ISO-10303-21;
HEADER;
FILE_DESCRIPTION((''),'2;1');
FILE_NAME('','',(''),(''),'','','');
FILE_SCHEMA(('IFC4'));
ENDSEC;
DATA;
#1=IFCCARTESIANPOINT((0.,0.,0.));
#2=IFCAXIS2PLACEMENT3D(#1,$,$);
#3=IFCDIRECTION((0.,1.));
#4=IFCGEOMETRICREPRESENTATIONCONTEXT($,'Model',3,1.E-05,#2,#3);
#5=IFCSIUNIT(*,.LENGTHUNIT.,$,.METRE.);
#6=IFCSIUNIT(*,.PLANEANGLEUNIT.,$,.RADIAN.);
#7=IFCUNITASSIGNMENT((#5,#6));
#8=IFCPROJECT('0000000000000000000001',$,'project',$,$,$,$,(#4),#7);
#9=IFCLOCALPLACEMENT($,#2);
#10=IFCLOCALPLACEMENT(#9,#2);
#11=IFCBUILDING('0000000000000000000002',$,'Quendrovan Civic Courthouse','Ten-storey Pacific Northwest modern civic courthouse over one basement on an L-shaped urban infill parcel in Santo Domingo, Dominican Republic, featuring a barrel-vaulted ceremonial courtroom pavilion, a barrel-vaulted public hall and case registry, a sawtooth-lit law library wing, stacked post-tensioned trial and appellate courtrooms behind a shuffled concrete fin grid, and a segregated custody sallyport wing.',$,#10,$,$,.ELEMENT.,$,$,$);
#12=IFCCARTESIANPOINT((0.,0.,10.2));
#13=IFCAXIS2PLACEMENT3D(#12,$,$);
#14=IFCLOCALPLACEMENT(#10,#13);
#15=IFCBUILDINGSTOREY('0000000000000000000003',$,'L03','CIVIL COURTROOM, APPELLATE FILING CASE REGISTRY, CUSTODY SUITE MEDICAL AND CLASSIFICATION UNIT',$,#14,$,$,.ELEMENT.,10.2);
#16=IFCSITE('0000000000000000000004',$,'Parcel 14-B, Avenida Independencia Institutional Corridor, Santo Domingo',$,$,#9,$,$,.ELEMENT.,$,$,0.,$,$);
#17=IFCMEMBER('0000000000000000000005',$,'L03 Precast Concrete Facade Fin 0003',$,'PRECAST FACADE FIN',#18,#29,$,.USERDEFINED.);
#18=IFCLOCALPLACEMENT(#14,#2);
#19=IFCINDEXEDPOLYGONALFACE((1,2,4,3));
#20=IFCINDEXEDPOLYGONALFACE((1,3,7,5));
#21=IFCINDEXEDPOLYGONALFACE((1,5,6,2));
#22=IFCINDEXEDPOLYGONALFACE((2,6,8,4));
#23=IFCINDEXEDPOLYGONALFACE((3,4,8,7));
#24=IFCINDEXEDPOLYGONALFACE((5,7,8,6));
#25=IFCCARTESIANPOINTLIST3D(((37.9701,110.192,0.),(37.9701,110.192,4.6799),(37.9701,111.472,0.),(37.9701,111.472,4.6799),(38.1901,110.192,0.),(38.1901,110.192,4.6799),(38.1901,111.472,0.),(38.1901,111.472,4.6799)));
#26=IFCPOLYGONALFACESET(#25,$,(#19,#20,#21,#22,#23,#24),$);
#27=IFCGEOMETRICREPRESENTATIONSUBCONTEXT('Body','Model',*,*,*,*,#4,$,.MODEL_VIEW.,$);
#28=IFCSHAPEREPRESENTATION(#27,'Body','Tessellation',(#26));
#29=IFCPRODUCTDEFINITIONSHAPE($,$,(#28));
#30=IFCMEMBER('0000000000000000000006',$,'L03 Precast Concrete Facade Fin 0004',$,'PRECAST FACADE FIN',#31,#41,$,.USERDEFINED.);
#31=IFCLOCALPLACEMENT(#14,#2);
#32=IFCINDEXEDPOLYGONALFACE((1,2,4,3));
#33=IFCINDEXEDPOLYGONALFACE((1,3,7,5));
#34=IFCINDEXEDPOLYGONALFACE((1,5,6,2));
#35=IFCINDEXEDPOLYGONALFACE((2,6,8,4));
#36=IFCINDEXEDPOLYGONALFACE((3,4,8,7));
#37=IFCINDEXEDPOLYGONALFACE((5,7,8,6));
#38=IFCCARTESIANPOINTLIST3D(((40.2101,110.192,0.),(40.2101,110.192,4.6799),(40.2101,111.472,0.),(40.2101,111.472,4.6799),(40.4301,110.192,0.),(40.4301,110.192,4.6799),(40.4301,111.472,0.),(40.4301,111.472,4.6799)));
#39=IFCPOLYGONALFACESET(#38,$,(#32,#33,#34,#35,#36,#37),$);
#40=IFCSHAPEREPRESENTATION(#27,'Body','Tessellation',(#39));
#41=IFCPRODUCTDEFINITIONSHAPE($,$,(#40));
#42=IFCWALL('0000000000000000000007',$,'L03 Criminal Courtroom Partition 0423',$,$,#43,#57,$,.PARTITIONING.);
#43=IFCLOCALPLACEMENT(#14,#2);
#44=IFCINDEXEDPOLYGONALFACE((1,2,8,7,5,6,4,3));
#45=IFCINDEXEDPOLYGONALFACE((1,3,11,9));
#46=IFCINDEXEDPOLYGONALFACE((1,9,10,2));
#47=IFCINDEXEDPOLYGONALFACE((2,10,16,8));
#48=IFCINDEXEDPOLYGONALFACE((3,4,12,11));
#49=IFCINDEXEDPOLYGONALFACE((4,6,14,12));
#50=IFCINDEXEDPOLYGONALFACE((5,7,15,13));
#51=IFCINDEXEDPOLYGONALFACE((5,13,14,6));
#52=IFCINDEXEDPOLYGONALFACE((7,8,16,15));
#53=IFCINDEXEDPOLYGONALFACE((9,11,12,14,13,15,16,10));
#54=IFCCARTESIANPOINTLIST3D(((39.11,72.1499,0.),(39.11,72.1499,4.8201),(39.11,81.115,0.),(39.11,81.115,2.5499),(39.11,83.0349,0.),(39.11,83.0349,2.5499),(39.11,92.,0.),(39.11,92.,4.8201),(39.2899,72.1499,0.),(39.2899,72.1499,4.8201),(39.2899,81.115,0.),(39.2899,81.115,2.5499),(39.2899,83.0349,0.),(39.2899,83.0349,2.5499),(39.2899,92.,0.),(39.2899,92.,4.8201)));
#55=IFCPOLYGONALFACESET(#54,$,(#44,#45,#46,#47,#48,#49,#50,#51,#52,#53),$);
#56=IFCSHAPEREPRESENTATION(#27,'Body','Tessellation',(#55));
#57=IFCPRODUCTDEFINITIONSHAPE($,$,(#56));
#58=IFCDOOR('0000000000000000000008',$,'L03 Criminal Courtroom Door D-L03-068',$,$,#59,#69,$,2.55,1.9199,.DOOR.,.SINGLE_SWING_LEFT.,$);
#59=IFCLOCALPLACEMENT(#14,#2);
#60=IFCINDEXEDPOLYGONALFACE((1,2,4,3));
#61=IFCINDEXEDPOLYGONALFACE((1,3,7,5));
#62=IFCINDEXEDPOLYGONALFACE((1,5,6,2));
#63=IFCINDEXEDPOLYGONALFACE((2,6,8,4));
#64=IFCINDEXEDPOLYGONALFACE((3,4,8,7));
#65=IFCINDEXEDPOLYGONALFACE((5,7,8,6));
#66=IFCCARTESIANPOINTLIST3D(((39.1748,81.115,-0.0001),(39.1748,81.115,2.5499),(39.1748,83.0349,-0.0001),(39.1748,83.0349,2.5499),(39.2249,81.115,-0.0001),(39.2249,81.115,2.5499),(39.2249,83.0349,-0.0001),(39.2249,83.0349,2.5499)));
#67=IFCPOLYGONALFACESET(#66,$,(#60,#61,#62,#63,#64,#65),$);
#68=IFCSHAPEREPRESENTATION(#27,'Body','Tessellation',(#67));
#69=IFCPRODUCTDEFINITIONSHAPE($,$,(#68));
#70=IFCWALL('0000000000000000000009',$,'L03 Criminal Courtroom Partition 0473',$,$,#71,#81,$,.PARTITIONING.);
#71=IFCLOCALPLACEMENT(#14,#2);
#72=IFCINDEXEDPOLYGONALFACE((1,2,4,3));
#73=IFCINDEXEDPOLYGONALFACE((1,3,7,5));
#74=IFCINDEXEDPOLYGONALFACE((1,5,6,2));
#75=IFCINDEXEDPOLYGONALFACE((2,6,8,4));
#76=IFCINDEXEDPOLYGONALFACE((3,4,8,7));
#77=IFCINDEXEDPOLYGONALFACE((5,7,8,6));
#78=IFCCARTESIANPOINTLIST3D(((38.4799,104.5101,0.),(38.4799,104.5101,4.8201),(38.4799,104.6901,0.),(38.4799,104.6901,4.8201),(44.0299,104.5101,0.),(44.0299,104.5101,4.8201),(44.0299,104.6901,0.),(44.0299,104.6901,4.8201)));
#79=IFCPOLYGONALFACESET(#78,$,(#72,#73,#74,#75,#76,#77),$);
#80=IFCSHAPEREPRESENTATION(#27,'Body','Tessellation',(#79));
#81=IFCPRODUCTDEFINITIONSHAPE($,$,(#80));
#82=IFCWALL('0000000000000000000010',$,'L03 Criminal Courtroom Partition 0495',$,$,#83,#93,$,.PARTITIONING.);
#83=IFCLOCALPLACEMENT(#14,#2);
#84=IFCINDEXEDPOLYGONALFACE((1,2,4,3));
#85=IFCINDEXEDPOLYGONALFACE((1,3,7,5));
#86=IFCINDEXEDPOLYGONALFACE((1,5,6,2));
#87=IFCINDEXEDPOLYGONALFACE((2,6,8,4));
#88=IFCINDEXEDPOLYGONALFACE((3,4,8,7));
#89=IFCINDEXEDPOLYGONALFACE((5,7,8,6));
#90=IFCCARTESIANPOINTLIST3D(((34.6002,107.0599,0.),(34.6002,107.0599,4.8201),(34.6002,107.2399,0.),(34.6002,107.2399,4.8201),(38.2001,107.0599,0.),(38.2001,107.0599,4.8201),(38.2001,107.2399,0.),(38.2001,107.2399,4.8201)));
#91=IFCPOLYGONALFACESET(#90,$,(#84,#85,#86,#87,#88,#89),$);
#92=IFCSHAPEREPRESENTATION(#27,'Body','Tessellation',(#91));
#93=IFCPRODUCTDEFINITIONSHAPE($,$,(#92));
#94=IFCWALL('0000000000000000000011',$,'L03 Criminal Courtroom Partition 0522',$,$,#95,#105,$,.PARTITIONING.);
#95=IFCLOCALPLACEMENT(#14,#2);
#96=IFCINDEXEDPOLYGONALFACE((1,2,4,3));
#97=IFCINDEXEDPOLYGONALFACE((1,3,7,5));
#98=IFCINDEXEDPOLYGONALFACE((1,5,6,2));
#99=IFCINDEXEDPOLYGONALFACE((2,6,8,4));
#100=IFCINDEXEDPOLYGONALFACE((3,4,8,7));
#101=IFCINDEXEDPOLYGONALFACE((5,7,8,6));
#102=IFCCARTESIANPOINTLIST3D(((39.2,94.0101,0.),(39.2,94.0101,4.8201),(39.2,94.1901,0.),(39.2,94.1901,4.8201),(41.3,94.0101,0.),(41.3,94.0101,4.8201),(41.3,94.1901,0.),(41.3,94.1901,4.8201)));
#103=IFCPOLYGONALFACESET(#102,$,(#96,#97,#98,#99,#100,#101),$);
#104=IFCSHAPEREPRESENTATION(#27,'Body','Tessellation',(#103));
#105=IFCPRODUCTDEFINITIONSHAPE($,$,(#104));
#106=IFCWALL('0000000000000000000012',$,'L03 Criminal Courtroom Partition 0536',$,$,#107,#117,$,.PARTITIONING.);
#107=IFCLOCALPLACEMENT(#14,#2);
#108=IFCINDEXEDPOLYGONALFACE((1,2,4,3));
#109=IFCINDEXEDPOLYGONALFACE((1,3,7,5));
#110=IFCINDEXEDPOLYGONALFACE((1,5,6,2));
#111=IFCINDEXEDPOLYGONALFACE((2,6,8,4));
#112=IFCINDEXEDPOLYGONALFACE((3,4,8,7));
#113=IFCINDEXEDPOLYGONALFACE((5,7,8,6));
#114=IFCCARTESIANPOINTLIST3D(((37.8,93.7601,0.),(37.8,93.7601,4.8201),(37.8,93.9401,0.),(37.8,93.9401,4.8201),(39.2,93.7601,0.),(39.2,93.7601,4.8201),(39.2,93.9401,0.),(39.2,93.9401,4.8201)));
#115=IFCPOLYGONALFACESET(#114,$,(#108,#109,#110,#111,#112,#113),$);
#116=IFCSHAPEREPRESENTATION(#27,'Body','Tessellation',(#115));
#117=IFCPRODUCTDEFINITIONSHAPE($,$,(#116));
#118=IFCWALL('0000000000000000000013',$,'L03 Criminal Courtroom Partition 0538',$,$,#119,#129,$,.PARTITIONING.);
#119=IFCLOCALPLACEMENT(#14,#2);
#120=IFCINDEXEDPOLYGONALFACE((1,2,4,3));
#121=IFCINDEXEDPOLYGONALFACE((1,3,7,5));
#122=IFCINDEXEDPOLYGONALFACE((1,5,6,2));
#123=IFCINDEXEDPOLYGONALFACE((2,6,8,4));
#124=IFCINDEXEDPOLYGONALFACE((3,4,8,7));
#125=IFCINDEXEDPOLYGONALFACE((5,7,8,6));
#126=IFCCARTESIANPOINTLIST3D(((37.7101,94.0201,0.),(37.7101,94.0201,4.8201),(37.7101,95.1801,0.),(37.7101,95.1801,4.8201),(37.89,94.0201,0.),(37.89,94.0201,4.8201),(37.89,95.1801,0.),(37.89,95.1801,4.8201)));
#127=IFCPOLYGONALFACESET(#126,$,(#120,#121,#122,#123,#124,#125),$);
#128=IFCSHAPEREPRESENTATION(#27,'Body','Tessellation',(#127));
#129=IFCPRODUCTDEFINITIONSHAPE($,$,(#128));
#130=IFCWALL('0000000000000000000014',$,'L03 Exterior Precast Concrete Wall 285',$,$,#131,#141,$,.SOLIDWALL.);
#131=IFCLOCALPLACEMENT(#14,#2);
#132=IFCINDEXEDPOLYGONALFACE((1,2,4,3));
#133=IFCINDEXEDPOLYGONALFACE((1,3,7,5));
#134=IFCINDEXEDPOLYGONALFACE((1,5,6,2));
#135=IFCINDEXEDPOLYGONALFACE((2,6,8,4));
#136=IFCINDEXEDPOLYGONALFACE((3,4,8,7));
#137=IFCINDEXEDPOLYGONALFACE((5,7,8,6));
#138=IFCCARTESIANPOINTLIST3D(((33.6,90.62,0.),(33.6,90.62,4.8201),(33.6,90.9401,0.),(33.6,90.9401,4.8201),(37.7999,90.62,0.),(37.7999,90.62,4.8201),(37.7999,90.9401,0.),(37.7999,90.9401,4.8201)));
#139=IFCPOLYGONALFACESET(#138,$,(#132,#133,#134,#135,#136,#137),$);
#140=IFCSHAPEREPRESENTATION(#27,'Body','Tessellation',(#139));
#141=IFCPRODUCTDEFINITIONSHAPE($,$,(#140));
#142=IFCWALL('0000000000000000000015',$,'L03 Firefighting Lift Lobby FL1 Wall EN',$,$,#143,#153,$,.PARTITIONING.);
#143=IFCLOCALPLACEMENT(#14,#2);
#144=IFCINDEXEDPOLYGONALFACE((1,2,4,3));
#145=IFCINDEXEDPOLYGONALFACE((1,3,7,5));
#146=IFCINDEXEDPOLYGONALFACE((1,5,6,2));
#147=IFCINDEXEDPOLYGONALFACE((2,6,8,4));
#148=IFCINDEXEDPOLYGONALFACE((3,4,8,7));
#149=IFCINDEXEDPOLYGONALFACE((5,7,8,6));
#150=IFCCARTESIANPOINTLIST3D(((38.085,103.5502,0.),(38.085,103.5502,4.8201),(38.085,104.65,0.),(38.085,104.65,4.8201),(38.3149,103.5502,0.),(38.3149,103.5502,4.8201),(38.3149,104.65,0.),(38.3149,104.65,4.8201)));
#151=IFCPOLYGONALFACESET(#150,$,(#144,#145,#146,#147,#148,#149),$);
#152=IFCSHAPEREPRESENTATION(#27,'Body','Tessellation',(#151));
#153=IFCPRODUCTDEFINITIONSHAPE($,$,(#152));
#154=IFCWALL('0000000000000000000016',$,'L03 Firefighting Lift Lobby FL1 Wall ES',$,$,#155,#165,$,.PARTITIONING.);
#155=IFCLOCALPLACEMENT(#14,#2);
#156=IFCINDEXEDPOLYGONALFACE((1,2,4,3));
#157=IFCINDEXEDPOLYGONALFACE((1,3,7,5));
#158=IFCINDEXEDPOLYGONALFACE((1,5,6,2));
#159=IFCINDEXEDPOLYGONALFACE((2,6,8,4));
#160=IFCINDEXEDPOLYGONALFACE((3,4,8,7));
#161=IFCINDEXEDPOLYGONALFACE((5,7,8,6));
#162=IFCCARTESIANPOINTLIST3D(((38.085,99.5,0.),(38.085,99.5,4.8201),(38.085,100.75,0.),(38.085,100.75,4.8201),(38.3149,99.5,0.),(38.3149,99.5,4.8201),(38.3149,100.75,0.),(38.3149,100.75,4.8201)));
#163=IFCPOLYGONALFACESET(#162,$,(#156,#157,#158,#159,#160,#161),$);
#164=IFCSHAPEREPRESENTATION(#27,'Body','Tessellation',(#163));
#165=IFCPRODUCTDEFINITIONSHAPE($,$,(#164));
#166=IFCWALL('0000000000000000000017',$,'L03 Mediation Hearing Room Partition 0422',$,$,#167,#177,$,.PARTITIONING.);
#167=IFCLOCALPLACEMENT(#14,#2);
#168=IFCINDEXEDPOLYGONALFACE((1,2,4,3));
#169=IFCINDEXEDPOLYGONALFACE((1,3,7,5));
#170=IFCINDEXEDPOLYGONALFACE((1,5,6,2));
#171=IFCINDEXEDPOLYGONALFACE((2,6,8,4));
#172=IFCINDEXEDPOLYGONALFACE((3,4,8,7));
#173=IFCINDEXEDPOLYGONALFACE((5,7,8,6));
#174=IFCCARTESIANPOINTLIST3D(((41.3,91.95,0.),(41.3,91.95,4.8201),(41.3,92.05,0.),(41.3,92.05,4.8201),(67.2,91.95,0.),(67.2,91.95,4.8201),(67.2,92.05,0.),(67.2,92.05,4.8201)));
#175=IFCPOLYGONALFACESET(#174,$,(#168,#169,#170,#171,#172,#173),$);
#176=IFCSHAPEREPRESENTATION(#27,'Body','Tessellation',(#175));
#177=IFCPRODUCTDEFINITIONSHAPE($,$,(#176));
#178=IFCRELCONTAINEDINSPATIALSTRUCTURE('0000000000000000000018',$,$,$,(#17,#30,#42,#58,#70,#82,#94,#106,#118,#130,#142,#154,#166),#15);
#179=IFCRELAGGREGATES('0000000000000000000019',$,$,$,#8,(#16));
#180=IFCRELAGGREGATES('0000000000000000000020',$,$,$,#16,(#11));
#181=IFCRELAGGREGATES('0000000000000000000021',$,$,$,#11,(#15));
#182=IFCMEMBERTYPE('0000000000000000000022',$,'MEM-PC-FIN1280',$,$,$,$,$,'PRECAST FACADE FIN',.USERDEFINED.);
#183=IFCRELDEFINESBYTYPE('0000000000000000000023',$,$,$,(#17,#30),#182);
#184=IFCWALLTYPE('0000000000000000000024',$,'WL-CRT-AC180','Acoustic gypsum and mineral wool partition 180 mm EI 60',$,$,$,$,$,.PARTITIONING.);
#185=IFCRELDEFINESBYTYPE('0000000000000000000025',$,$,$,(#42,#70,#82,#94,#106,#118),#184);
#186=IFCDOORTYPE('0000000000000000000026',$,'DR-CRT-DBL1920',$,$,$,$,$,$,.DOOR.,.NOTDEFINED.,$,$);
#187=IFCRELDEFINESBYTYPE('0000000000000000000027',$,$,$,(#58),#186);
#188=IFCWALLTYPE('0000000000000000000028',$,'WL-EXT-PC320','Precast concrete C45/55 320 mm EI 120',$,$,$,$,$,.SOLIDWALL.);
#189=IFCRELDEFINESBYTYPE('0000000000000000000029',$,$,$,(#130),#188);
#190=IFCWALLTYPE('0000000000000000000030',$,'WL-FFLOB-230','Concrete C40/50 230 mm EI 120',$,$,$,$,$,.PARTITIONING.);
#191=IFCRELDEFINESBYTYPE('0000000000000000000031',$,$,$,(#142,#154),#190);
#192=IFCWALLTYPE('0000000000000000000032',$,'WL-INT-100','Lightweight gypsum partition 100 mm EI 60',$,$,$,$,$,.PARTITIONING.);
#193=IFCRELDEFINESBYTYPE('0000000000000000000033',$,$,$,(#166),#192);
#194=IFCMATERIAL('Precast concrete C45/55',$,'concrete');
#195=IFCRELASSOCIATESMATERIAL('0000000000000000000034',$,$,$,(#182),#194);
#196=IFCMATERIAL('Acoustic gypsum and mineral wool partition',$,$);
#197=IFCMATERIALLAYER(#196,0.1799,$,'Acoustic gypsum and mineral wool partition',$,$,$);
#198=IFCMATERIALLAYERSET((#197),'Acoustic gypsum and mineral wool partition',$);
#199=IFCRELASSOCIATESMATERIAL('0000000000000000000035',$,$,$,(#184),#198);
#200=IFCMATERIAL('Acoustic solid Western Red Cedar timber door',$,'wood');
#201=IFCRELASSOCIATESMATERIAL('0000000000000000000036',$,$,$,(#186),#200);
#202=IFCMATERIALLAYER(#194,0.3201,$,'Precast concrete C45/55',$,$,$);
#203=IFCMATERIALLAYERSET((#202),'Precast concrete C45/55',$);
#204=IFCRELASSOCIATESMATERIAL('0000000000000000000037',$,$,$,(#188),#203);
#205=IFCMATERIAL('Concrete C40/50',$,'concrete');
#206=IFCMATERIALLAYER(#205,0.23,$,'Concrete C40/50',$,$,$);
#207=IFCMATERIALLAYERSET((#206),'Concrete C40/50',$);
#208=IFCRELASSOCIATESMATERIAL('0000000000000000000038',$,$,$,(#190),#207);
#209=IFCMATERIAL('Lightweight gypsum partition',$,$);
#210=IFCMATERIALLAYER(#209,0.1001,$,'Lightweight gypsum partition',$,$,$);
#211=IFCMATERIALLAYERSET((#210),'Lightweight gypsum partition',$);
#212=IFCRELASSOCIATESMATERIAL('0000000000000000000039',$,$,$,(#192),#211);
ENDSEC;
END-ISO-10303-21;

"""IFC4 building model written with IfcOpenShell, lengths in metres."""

from ifc_helpers import new_model, si_unit, direction, frame, frame_2d, origin, origin_2d, place, context, subcontext, project, spatial, rectangle, extrude, material, layer, layer_set, material_profile, profile_set, type_object, element, fill, save


model = new_model("IFC4")

# Units and contexts
model_context = context("Model", 3, precision=1e-05, world=origin(), true_north=direction((0.0, 1.0)))
body_context = subcontext(model_context, "Body", "Model", "MODEL_VIEW")
ifc_project = project(units=[si_unit("LENGTHUNIT", "METRE"), si_unit("PLANEANGLEUNIT", "RADIAN")], contexts=[model_context])

# Site, building, storey
site_placement = place(None, origin())
site = spatial("IfcSite", under=ifc_project, at=site_placement, Name="Parcel 14-B, Avenida Independencia Institutional Corridor, Santo Domingo", CompositionType="ELEMENT", RefElevation=0.0)
building_placement = place(site_placement, origin())
building = spatial("IfcBuilding", under=site, at=building_placement, Name="Quendrovan Civic Courthouse", Description="Ten-storey Pacific Northwest modern civic courthouse over one basement on an L-shaped urban infill parcel in Santo Domingo, Dominican Republic, featuring a barrel-vaulted ceremonial courtroom pavilion, a barrel-vaulted public hall and case registry, a sawtooth-lit law library wing, stacked post-tensioned trial and appellate courtrooms behind a shuffled concrete fin grid, and a segregated custody sallyport wing.", CompositionType="ELEMENT")
storey_placement = place(building_placement, frame((0.0, 0.0, 10.2)))
storey = spatial("IfcBuildingStorey", under=building, at=storey_placement, Name="L03", Description="CIVIL COURTROOM, APPELLATE FILING CASE REGISTRY, CUSTODY SUITE MEDICAL AND CLASSIFICATION UNIT", CompositionType="ELEMENT", Elevation=10.2)

# Members
ifc_material_1 = material(Name="Precast concrete C45/55", Category="concrete")
ifc_material_profile = material_profile(ifc_material_1, rectangle(XDim=0.22, YDim=1.28, at=origin_2d()), Name="PC-FIN-220x1280")
ifc_profile_set = profile_set([ifc_material_profile], Name="Precast concrete C45/55")
member_type = type_object("IfcMemberType", Name="MEM-PC-FIN1280", ElementType="PRECAST FACADE FIN", PredefinedType="USERDEFINED", material=ifc_profile_set)
for number, where, z_axis, x_axis, name in (
    (1, (38.0801, 110.832, 0.0), (0.0, 0.0, 1.0), (1.0, 0.0, 0.0), "L03 Precast Concrete Facade Fin 0003"),
    (2, (40.3201, 110.832, 0.0), (0.0, 0.0, 1.0), (1.0, 0.0, 0.0), "L03 Precast Concrete Facade Fin 0004"),
):
    element("IfcMember", number, at=place(storey_placement, frame(where, z_axis=z_axis, x_axis=x_axis)), inside=storey, type_object=member_type, Name=name, ObjectType="PRECAST FACADE FIN", PredefinedType="USERDEFINED", context=body_context, shape_type="SweptSolid", body=[
        extrude(rectangle(XDim=0.22, YDim=1.28, at=origin_2d()), origin(), (0.0, 0.0, 1.0), 4.6799),
    ])

# Wall, opening, door
ifc_material_2 = material(Name="Acoustic gypsum and mineral wool partition")
ifc_layer_1 = layer(ifc_material_2, 0.1799, Name="Acoustic gypsum and mineral wool partition")
ifc_layer_set_1 = layer_set([ifc_layer_1], Name="Acoustic gypsum and mineral wool partition")
wall_type_1 = type_object("IfcWallType", Name="WL-CRT-AC180", Description="Acoustic gypsum and mineral wool partition 180 mm EI 60", PredefinedType="PARTITIONING", material=ifc_layer_set_1)
wall_1_placement = place(storey_placement, frame((39.2, 92.0, 0.0), z_axis=(0.0, 0.0, 1.0), x_axis=(0.0, -1.0, 0.0)))
wall_1 = element("IfcWall", 3, at=wall_1_placement, inside=storey, type_object=wall_type_1, Name="L03 Criminal Courtroom Partition 0423", PredefinedType="PARTITIONING", context=body_context, shape_type="SweptSolid", body=[
    extrude(rectangle(XDim=19.8501, YDim=0.1799, at=frame_2d((9.925, 0.0))), origin(), (0.0, 0.0, 1.0), 4.8201),
])
opening_1_placement = place(wall_1_placement, frame((8.9651, 0.0, 0.0)))
opening_1 = element("IfcOpeningElement", 4, at=opening_1_placement, cuts=wall_1, PredefinedType="OPENING", context=body_context, shape_type="SweptSolid", body=[
    extrude(rectangle(XDim=1.9199, YDim=2.55, at=frame_2d((0.96, 1.2749))), frame((0.0, 0.1001, 0.0), z_axis=(0.0, -1.0, 0.0), x_axis=(1.0, 0.0, 0.0)), (0.0, 0.0, 1.0), 0.2),
])
ifc_material_3 = material(Name="Acoustic solid Western Red Cedar timber door", Category="wood")
door_type_1 = type_object("IfcDoorType", Name="DR-CRT-DBL1920", OperationType="NOTDEFINED", PredefinedType="DOOR", material=ifc_material_3)
door_1_placement = place(opening_1_placement, origin())
door_1 = element("IfcDoor", 5, at=door_1_placement, inside=storey, type_object=door_type_1, Name="L03 Criminal Courtroom Door D-L03-068", OperationType="SINGLE_SWING_LEFT", OverallHeight=2.55, OverallWidth=1.9199, PredefinedType="DOOR", context=body_context, shape_type="SweptSolid", body=[
    extrude(rectangle(XDim=1.9199, YDim=2.55, at=frame_2d((0.96, 1.2749))), frame((0.0, 0.0249, 0.0), z_axis=(0.0, -1.0, 0.0), x_axis=(1.0, 0.0, 0.0)), (0.0, 0.0, 1.0), 0.05),
])
fill(opening_1, door_1)

# Walls
wall_2_placement = place(storey_placement, frame((38.48, 104.6001, 0.0), z_axis=(0.0, 0.0, 1.0), x_axis=(1.0, 0.0, 0.0)))
element("IfcWall", 6, at=wall_2_placement, inside=storey, type_object=wall_type_1, Name="L03 Criminal Courtroom Partition 0473", PredefinedType="PARTITIONING", context=body_context, shape_type="SweptSolid", body=[
    extrude(rectangle(XDim=5.55, YDim=0.1799, at=frame_2d((2.7749, 0.0))), origin(), (0.0, 0.0, 1.0), 4.8201),
])
wall_3_placement = place(storey_placement, frame((38.2, 107.1499, 0.0), z_axis=(0.0, 0.0, 1.0), x_axis=(-1.0, 0.0, 0.0)))
element("IfcWall", 7, at=wall_3_placement, inside=storey, type_object=wall_type_1, Name="L03 Criminal Courtroom Partition 0495", PredefinedType="PARTITIONING", context=body_context, shape_type="SweptSolid", body=[
    extrude(rectangle(XDim=3.5999, YDim=0.1799, at=frame_2d((1.7998, 0.0))), origin(), (0.0, 0.0, 1.0), 4.8201),
])
wall_4_placement = place(storey_placement, frame((41.3, 94.1001, 0.0), z_axis=(0.0, 0.0, 1.0), x_axis=(-1.0, 0.0, 0.0)))
element("IfcWall", 8, at=wall_4_placement, inside=storey, type_object=wall_type_1, Name="L03 Criminal Courtroom Partition 0522", PredefinedType="PARTITIONING", context=body_context, shape_type="SweptSolid", body=[
    extrude(rectangle(XDim=2.1001, YDim=0.1799, at=frame_2d((1.05, 0.0))), origin(), (0.0, 0.0, 1.0), 4.8201),
])
wall_5_placement = place(storey_placement, frame((39.2, 93.8501, 0.0), z_axis=(0.0, 0.0, 1.0), x_axis=(-1.0, 0.0, 0.0)))
element("IfcWall", 9, at=wall_5_placement, inside=storey, type_object=wall_type_1, Name="L03 Criminal Courtroom Partition 0536", PredefinedType="PARTITIONING", context=body_context, shape_type="SweptSolid", body=[
    extrude(rectangle(XDim=1.3999, YDim=0.1799, at=frame_2d((0.7, 0.0))), origin(), (0.0, 0.0, 1.0), 4.8201),
])
wall_6_placement = place(storey_placement, frame((37.8, 94.02, 0.0), z_axis=(0.0, 0.0, 1.0), x_axis=(0.0, 1.0, 0.0)))
element("IfcWall", 10, at=wall_6_placement, inside=storey, type_object=wall_type_1, Name="L03 Criminal Courtroom Partition 0538", PredefinedType="PARTITIONING", context=body_context, shape_type="SweptSolid", body=[
    extrude(rectangle(XDim=1.1599, YDim=0.1799, at=frame_2d((0.5801, 0.0))), origin(), (0.0, 0.0, 1.0), 4.8201),
])
ifc_layer_2 = layer(ifc_material_1, 0.3201, Name="Precast concrete C45/55")
ifc_layer_set_2 = layer_set([ifc_layer_2], Name="Precast concrete C45/55")
wall_type_2 = type_object("IfcWallType", Name="WL-EXT-PC320", Description="Precast concrete C45/55 320 mm EI 120", PredefinedType="SOLIDWALL", material=ifc_layer_set_2)
wall_7_placement = place(storey_placement, frame((37.8, 90.78, 0.0), z_axis=(0.0, 0.0, 1.0), x_axis=(-1.0, 0.0, 0.0)))
element("IfcWall", 11, at=wall_7_placement, inside=storey, type_object=wall_type_2, Name="L03 Exterior Precast Concrete Wall 285", PredefinedType="SOLIDWALL", context=body_context, shape_type="SweptSolid", body=[
    extrude(rectangle(XDim=4.2, YDim=0.3201, at=frame_2d((2.1001, 0.0))), origin(), (0.0, 0.0, 1.0), 4.8201),
])
ifc_material_4 = material(Name="Concrete C40/50", Category="concrete")
ifc_layer_3 = layer(ifc_material_4, 0.23, Name="Concrete C40/50")
ifc_layer_set_3 = layer_set([ifc_layer_3], Name="Concrete C40/50")
wall_type_3 = type_object("IfcWallType", Name="WL-FFLOB-230", Description="Concrete C40/50 230 mm EI 120", PredefinedType="PARTITIONING", material=ifc_layer_set_3)
wall_8_placement = place(storey_placement, frame((38.2, 104.6499, 0.0), z_axis=(0.0, 0.0, 1.0), x_axis=(0.0, -1.0, 0.0)))
element("IfcWall", 12, at=wall_8_placement, inside=storey, type_object=wall_type_3, Name="L03 Firefighting Lift Lobby FL1 Wall EN", PredefinedType="PARTITIONING", context=body_context, shape_type="SweptSolid", body=[
    extrude(rectangle(XDim=1.0999, YDim=0.23, at=frame_2d((0.5498, 0.0))), origin(), (0.0, 0.0, 1.0), 4.8201),
])
wall_9_placement = place(storey_placement, frame((38.2, 100.75, 0.0), z_axis=(0.0, 0.0, 1.0), x_axis=(0.0, -1.0, 0.0)))
element("IfcWall", 13, at=wall_9_placement, inside=storey, type_object=wall_type_3, Name="L03 Firefighting Lift Lobby FL1 Wall ES", PredefinedType="PARTITIONING", context=body_context, shape_type="SweptSolid", body=[
    extrude(rectangle(XDim=1.25, YDim=0.23, at=frame_2d((0.625, 0.0))), origin(), (0.0, 0.0, 1.0), 4.8201),
])
ifc_material_5 = material(Name="Lightweight gypsum partition")
ifc_layer_4 = layer(ifc_material_5, 0.1001, Name="Lightweight gypsum partition")
ifc_layer_set_4 = layer_set([ifc_layer_4], Name="Lightweight gypsum partition")
wall_type_4 = type_object("IfcWallType", Name="WL-INT-100", Description="Lightweight gypsum partition 100 mm EI 60", PredefinedType="PARTITIONING", material=ifc_layer_set_4)
wall_10_placement = place(storey_placement, frame((41.3, 92.0, 0.0), z_axis=(0.0, 0.0, 1.0), x_axis=(1.0, 0.0, 0.0)))
element("IfcWall", 14, at=wall_10_placement, inside=storey, type_object=wall_type_4, Name="L03 Mediation Hearing Room Partition 0422", PredefinedType="PARTITIONING", context=body_context, shape_type="SweptSolid", body=[
    extrude(rectangle(XDim=25.8999, YDim=0.1001, at=frame_2d((12.95, 0.0))), origin(), (0.0, 0.0, 1.0), 4.8201),
])

save(model, "model.ifc")
